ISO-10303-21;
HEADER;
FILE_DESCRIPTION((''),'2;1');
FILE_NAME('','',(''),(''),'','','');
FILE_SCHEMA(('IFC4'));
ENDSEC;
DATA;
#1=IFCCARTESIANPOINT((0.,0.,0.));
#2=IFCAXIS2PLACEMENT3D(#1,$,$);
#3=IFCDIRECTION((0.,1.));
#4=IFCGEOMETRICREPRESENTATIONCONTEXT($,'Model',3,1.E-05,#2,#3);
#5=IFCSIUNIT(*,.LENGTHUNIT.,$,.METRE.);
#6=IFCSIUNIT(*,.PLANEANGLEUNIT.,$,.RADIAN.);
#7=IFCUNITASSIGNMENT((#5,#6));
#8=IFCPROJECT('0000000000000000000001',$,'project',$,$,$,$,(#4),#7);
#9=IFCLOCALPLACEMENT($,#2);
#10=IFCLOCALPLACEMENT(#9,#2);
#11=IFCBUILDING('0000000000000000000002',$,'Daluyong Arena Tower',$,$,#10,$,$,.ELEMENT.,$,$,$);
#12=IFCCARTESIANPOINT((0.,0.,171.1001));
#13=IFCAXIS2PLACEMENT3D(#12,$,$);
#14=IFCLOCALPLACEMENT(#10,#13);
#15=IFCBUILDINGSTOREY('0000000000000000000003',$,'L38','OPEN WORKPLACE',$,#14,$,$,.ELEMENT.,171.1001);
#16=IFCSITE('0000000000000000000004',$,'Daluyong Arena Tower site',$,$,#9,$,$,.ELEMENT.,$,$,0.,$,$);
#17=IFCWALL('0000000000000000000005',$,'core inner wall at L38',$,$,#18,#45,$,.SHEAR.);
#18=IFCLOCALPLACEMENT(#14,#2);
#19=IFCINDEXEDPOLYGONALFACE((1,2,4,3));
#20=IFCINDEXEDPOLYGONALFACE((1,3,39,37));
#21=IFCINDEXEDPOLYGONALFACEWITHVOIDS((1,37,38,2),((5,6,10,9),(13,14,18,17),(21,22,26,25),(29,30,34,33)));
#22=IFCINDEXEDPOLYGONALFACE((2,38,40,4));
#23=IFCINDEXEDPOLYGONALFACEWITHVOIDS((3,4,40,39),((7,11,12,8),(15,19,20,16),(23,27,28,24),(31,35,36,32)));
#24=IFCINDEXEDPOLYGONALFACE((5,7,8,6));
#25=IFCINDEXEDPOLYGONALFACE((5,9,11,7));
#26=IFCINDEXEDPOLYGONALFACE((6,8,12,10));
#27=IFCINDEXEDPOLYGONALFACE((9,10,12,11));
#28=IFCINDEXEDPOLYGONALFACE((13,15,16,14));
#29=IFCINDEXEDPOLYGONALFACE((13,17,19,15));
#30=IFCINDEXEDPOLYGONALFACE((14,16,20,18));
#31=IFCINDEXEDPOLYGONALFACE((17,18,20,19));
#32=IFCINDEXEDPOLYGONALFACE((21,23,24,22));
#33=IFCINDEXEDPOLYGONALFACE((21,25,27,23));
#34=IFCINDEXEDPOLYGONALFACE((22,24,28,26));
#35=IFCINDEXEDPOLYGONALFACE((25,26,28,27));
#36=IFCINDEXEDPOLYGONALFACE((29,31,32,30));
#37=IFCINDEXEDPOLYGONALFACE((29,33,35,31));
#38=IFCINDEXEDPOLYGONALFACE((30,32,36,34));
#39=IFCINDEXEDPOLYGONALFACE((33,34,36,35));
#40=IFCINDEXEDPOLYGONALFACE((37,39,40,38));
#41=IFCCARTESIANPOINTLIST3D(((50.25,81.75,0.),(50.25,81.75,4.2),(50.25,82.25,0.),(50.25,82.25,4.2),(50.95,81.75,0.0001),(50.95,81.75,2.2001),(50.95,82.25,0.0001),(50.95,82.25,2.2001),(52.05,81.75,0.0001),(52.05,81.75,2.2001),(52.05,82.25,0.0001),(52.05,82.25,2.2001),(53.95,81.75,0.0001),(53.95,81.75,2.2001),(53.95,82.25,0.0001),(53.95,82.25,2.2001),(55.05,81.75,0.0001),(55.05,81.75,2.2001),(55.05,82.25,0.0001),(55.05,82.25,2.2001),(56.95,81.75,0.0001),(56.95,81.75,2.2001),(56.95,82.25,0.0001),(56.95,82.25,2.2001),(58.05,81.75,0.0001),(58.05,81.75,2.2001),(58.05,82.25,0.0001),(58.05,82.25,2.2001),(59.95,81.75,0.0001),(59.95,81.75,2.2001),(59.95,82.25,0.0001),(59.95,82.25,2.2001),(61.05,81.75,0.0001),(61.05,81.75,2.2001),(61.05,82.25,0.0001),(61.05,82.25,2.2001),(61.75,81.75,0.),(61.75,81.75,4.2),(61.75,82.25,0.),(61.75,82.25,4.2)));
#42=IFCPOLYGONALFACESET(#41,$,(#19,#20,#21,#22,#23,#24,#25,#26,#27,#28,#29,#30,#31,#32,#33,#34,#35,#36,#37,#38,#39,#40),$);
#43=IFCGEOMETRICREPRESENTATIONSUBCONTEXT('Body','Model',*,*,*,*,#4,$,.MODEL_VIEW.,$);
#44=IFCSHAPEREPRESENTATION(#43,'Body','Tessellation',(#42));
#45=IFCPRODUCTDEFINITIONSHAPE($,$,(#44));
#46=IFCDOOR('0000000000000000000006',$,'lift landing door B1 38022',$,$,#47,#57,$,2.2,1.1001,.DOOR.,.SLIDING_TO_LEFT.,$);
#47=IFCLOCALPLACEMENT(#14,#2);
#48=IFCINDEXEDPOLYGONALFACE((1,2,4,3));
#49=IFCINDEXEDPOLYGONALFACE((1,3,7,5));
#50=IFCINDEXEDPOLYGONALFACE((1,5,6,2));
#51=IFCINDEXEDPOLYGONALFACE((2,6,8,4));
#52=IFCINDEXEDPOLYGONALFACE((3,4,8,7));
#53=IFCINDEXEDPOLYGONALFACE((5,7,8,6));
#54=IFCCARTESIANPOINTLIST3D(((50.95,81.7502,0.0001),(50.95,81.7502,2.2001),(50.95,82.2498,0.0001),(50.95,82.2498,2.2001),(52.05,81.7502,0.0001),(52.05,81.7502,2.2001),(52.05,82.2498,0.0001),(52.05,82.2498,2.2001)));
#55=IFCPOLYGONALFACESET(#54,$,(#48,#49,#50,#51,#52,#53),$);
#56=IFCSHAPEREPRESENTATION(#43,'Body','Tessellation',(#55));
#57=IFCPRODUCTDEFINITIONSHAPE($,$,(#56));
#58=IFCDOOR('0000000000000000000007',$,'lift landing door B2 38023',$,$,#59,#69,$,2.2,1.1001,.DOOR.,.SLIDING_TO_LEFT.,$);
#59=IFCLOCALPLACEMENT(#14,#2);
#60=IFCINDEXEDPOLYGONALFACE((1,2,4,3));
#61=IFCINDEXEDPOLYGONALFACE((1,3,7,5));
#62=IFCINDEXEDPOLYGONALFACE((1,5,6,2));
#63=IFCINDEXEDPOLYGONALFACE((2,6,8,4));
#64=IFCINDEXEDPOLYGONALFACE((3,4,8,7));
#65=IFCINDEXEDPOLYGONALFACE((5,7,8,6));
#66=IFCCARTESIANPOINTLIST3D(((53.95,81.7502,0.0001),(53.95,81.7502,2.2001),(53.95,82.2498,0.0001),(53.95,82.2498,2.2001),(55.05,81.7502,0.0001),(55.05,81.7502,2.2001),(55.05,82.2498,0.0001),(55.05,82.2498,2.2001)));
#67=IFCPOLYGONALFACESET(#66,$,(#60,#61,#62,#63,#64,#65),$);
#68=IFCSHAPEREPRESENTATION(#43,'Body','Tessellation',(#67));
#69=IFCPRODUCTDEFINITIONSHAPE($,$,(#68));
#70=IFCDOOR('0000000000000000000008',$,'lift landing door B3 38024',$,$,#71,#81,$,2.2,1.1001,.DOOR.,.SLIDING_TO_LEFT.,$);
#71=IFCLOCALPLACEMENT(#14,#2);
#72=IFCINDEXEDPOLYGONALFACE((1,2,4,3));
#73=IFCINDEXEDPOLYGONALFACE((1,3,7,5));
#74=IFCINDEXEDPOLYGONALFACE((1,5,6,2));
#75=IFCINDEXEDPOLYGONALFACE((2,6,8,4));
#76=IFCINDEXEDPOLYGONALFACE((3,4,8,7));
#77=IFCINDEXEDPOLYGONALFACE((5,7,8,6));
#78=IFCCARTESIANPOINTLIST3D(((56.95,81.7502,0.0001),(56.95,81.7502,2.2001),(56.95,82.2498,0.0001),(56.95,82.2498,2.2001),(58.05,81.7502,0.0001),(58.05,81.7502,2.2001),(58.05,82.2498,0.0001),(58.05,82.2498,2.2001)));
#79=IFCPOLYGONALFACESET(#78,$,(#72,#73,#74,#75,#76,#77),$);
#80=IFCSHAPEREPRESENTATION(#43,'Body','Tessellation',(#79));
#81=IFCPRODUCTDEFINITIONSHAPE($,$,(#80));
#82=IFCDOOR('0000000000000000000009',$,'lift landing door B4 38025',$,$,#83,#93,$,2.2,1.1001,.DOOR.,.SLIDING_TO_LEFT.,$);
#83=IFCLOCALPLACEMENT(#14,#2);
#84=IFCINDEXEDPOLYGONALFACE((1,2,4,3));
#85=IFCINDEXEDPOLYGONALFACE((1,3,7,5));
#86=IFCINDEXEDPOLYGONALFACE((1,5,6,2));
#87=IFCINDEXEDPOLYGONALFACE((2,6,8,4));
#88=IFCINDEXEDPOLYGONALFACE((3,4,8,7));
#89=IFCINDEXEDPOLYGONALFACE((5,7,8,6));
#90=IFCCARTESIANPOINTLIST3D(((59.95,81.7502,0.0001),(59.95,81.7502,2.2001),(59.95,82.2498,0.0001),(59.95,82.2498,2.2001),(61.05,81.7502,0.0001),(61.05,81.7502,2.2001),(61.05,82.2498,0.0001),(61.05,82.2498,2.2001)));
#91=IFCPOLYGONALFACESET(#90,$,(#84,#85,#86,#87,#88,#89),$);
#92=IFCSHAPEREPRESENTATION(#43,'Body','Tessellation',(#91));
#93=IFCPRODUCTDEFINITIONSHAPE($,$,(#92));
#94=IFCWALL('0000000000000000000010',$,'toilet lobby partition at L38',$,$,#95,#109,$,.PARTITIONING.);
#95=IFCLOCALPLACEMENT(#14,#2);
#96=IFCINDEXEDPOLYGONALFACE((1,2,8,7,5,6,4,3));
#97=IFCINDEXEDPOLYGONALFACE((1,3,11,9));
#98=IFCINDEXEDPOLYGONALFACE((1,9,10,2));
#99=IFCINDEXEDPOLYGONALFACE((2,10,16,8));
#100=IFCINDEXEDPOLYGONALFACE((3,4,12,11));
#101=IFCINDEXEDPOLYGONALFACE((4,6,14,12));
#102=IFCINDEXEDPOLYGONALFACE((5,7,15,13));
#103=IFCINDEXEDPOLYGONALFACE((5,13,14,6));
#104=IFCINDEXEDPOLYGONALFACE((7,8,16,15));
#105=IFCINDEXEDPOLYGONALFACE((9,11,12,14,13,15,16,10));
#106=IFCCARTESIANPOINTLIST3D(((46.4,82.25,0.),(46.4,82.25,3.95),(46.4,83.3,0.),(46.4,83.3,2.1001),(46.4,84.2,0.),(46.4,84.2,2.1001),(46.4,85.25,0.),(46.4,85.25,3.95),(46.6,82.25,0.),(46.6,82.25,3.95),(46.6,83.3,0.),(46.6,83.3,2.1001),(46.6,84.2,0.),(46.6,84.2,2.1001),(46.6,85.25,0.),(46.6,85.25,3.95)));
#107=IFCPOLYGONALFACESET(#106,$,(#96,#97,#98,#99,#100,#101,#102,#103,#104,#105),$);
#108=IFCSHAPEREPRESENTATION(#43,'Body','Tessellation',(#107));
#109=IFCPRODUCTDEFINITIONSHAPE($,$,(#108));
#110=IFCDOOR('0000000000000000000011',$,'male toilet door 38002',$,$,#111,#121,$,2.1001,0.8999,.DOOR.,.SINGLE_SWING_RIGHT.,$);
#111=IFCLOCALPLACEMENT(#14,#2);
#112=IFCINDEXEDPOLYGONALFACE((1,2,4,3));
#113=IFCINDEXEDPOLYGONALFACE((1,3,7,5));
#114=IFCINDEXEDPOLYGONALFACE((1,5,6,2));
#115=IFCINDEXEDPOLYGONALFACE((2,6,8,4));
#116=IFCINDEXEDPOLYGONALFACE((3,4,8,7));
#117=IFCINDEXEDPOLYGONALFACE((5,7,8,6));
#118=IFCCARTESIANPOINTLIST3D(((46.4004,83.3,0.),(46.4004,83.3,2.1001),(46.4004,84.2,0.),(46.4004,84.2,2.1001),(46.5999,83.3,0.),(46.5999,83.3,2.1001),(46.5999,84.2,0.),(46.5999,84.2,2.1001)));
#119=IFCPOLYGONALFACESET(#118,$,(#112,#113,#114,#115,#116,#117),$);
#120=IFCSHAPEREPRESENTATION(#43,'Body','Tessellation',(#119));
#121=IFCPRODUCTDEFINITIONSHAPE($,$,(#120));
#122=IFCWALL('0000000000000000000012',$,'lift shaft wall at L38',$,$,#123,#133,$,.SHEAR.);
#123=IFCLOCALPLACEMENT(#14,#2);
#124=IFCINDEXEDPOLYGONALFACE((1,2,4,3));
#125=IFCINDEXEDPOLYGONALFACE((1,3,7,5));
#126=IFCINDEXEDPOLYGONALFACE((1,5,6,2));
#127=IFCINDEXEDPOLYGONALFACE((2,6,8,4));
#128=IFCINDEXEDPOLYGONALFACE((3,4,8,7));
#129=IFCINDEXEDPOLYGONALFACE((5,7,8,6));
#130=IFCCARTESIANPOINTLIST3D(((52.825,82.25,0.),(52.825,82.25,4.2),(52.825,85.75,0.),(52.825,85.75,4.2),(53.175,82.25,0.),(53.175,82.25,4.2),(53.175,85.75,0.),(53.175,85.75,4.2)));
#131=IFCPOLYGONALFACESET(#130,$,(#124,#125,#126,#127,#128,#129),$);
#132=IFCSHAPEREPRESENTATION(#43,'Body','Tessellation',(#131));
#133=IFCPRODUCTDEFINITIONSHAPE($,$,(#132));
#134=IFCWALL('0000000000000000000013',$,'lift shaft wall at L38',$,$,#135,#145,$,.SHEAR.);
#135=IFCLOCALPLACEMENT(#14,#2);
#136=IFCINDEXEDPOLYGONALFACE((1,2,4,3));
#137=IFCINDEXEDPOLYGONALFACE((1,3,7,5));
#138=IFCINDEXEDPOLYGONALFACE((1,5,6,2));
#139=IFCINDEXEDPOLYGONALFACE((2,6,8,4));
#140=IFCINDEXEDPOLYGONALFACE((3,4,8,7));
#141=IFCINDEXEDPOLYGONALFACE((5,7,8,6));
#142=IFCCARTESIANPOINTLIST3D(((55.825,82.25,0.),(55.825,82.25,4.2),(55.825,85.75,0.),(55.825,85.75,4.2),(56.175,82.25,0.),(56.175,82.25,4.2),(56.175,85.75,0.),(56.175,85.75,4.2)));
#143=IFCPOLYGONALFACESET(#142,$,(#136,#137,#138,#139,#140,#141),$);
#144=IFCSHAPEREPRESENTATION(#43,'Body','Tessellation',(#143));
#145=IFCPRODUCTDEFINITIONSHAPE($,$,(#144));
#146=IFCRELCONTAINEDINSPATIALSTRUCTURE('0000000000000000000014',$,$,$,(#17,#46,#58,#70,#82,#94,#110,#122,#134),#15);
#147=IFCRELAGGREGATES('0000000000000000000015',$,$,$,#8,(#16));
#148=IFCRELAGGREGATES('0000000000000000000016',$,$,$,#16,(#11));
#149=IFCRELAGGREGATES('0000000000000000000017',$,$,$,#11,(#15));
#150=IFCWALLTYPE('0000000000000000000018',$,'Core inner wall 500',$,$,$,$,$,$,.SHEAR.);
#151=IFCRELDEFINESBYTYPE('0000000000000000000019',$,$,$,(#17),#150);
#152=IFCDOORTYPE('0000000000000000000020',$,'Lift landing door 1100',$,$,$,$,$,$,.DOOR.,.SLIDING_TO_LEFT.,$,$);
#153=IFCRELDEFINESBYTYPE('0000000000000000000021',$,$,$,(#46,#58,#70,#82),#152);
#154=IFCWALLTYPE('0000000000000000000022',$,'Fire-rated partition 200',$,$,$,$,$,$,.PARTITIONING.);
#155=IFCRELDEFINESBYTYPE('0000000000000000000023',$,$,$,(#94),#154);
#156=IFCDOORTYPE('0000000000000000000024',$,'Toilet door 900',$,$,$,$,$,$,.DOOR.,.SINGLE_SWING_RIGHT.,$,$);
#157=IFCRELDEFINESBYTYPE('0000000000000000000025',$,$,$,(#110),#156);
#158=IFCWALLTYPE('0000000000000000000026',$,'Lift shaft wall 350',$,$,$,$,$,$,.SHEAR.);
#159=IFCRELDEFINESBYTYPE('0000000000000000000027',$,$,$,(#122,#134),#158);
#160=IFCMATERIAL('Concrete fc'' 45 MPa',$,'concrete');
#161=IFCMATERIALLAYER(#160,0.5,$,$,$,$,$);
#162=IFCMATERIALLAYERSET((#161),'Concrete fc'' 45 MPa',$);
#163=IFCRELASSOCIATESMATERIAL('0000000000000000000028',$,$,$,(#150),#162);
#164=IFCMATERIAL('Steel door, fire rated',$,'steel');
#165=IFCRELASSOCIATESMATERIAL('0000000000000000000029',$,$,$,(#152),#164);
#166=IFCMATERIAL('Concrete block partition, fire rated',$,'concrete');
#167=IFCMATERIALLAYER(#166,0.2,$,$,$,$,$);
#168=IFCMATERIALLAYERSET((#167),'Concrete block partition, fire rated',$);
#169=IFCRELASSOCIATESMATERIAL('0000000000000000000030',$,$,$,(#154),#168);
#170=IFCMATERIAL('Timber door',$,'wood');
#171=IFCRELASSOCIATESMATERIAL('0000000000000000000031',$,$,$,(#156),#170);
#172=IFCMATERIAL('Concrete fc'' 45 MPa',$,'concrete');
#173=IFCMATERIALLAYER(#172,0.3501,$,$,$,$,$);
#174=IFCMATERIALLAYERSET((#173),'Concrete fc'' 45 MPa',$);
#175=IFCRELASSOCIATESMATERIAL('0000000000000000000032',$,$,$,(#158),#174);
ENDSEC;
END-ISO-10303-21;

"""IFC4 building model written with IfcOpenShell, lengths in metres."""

from ifc_helpers import new_model, si_unit, direction, frame, frame_2d, origin, place, context, subcontext, project, spatial, rectangle, extrude, material, layer, layer_set, type_object, element, fill, save


model = new_model("IFC4")

# Units and contexts
model_context = context("Model", 3, precision=1e-05, world=origin(), true_north=direction((0.0, 1.0)))
body_context = subcontext(model_context, "Body", "Model", "MODEL_VIEW")
ifc_project = project(units=[si_unit("LENGTHUNIT", "METRE"), si_unit("PLANEANGLEUNIT", "RADIAN")], contexts=[model_context])

# Site, building, storey
site_placement = place(None, origin())
site = spatial("IfcSite", under=ifc_project, at=site_placement, Name="Daluyong Arena Tower site", CompositionType="ELEMENT", RefElevation=0.0)
building_placement = place(site_placement, origin())
building = spatial("IfcBuilding", under=site, at=building_placement, Name="Daluyong Arena Tower", CompositionType="ELEMENT")
storey_placement = place(building_placement, frame((0.0, 0.0, 171.1001)))
storey = spatial("IfcBuildingStorey", under=building, at=storey_placement, Name="L38", Description="OPEN WORKPLACE", CompositionType="ELEMENT", Elevation=171.1001)

# Wall, openings, doors
ifc_material_1 = material(Name="Concrete fc' 45 MPa", Category="concrete")
ifc_layer_1 = layer(ifc_material_1, 0.5)
ifc_layer_set_1 = layer_set([ifc_layer_1], Name="Concrete fc' 45 MPa")
wall_type_1 = type_object("IfcWallType", Name="Core inner wall 500", PredefinedType="SHEAR", material=ifc_layer_set_1)
wall_1_placement = place(storey_placement, frame((50.25, 82.0, 0.0), z_axis=(0.0, 0.0, 1.0), x_axis=(1.0, 0.0, 0.0)))
wall_1 = element("IfcWall", 1, at=wall_1_placement, inside=storey, type_object=wall_type_1, Name="core inner wall at L38", PredefinedType="SHEAR", context=body_context, shape_type="SweptSolid", body=[
    extrude(rectangle(XDim=11.5, YDim=0.5, at=frame_2d((5.75, 0.0))), origin(), (0.0, 0.0, 1.0), 4.2),
])
opening_1_placement = place(wall_1_placement, frame((0.7, 0.0, 0.0)))
opening_1 = element("IfcOpeningElement", 2, at=opening_1_placement, cuts=wall_1, PredefinedType="OPENING", context=body_context, shape_type="SweptSolid", body=[
    extrude(rectangle(XDim=1.1001, YDim=2.2, at=frame_2d((0.55, 1.1001))), frame((0.0, 0.26, 0.0), z_axis=(0.0, -1.0, 0.0), x_axis=(1.0, 0.0, 0.0)), (0.0, 0.0, 1.0), 0.52),
])
opening_2_placement = place(wall_1_placement, frame((3.7, 0.0, 0.0)))
opening_2 = element("IfcOpeningElement", 3, at=opening_2_placement, cuts=wall_1, PredefinedType="OPENING", context=body_context, shape_type="SweptSolid", body=[
    extrude(rectangle(XDim=1.1001, YDim=2.2, at=frame_2d((0.55, 1.1001))), frame((0.0, 0.26, 0.0), z_axis=(0.0, -1.0, 0.0), x_axis=(1.0, 0.0, 0.0)), (0.0, 0.0, 1.0), 0.52),
])
opening_3_placement = place(wall_1_placement, frame((6.7, 0.0, 0.0)))
opening_3 = element("IfcOpeningElement", 4, at=opening_3_placement, cuts=wall_1, PredefinedType="OPENING", context=body_context, shape_type="SweptSolid", body=[
    extrude(rectangle(XDim=1.1001, YDim=2.2, at=frame_2d((0.55, 1.1001))), frame((0.0, 0.26, 0.0), z_axis=(0.0, -1.0, 0.0), x_axis=(1.0, 0.0, 0.0)), (0.0, 0.0, 1.0), 0.52),
])
opening_4_placement = place(wall_1_placement, frame((9.7, 0.0, 0.0)))
opening_4 = element("IfcOpeningElement", 5, at=opening_4_placement, cuts=wall_1, PredefinedType="OPENING", context=body_context, shape_type="SweptSolid", body=[
    extrude(rectangle(XDim=1.1001, YDim=2.2, at=frame_2d((0.55, 1.1001))), frame((0.0, 0.26, 0.0), z_axis=(0.0, -1.0, 0.0), x_axis=(1.0, 0.0, 0.0)), (0.0, 0.0, 1.0), 0.52),
])
ifc_material_2 = material(Name="Steel door, fire rated", Category="steel")
door_type_1 = type_object("IfcDoorType", Name="Lift landing door 1100", OperationType="SLIDING_TO_LEFT", PredefinedType="DOOR", material=ifc_material_2)
door_1_placement = place(opening_1_placement, origin())
door_1 = element("IfcDoor", 6, at=door_1_placement, inside=storey, type_object=door_type_1, Name="lift landing door B1 38022", OperationType="SLIDING_TO_LEFT", OverallHeight=2.2, OverallWidth=1.1001, PredefinedType="DOOR", context=body_context, shape_type="SweptSolid", body=[
    extrude(rectangle(XDim=1.1001, YDim=2.2, at=frame_2d((0.55, 1.1001))), frame((0.0, 0.2498, 0.0), z_axis=(0.0, -1.0, 0.0), x_axis=(1.0, 0.0, 0.0)), (0.0, 0.0, 1.0), 0.4995),
])
fill(opening_1, door_1)
door_2_placement = place(opening_2_placement, origin())
door_2 = element("IfcDoor", 7, at=door_2_placement, inside=storey, type_object=door_type_1, Name="lift landing door B2 38023", OperationType="SLIDING_TO_LEFT", OverallHeight=2.2, OverallWidth=1.1001, PredefinedType="DOOR", context=body_context, shape_type="SweptSolid", body=[
    extrude(rectangle(XDim=1.1001, YDim=2.2, at=frame_2d((0.55, 1.1001))), frame((0.0, 0.2498, 0.0), z_axis=(0.0, -1.0, 0.0), x_axis=(1.0, 0.0, 0.0)), (0.0, 0.0, 1.0), 0.4995),
])
fill(opening_2, door_2)
door_3_placement = place(opening_3_placement, origin())
door_3 = element("IfcDoor", 8, at=door_3_placement, inside=storey, type_object=door_type_1, Name="lift landing door B3 38024", OperationType="SLIDING_TO_LEFT", OverallHeight=2.2, OverallWidth=1.1001, PredefinedType="DOOR", context=body_context, shape_type="SweptSolid", body=[
    extrude(rectangle(XDim=1.1001, YDim=2.2, at=frame_2d((0.55, 1.1001))), frame((0.0, 0.2498, 0.0), z_axis=(0.0, -1.0, 0.0), x_axis=(1.0, 0.0, 0.0)), (0.0, 0.0, 1.0), 0.4995),
])
fill(opening_3, door_3)
door_4_placement = place(opening_4_placement, origin())
door_4 = element("IfcDoor", 9, at=door_4_placement, inside=storey, type_object=door_type_1, Name="lift landing door B4 38025", OperationType="SLIDING_TO_LEFT", OverallHeight=2.2, OverallWidth=1.1001, PredefinedType="DOOR", context=body_context, shape_type="SweptSolid", body=[
    extrude(rectangle(XDim=1.1001, YDim=2.2, at=frame_2d((0.55, 1.1001))), frame((0.0, 0.2498, 0.0), z_axis=(0.0, -1.0, 0.0), x_axis=(1.0, 0.0, 0.0)), (0.0, 0.0, 1.0), 0.4995),
])
fill(opening_4, door_4)

# Wall, opening, door
ifc_material_3 = material(Name="Concrete block partition, fire rated", Category="concrete")
ifc_layer_2 = layer(ifc_material_3, 0.2)
ifc_layer_set_2 = layer_set([ifc_layer_2], Name="Concrete block partition, fire rated")
wall_type_2 = type_object("IfcWallType", Name="Fire-rated partition 200", PredefinedType="PARTITIONING", material=ifc_layer_set_2)
wall_2_placement = place(storey_placement, frame((46.5, 82.25, 0.0), z_axis=(0.0, 0.0, 1.0), x_axis=(0.0, 1.0, 0.0)))
wall_2 = element("IfcWall", 10, at=wall_2_placement, inside=storey, type_object=wall_type_2, Name="toilet lobby partition at L38", PredefinedType="PARTITIONING", context=body_context, shape_type="SweptSolid", body=[
    extrude(rectangle(XDim=3.0, YDim=0.2, at=frame_2d((1.5, 0.0))), origin(), (0.0, 0.0, 1.0), 3.95),
])
opening_5_placement = place(wall_2_placement, frame((1.05, 0.0, 0.0)))
opening_5 = element("IfcOpeningElement", 11, at=opening_5_placement, cuts=wall_2, PredefinedType="OPENING", context=body_context, shape_type="SweptSolid", body=[
    extrude(rectangle(XDim=0.8999, YDim=2.1001, at=frame_2d((0.45, 1.05))), frame((0.0, 0.1099, 0.0), z_axis=(0.0, -1.0, 0.0), x_axis=(1.0, 0.0, 0.0)), (0.0, 0.0, 1.0), 0.22),
])
ifc_material_4 = material(Name="Timber door", Category="wood")
door_type_2 = type_object("IfcDoorType", Name="Toilet door 900", OperationType="SINGLE_SWING_RIGHT", PredefinedType="DOOR", material=ifc_material_4)
door_5_placement = place(opening_5_placement, origin())
door_5 = element("IfcDoor", 12, at=door_5_placement, inside=storey, type_object=door_type_2, Name="male toilet door 38002", OperationType="SINGLE_SWING_RIGHT", OverallHeight=2.1001, OverallWidth=0.8999, PredefinedType="DOOR", context=body_context, shape_type="SweptSolid", body=[
    extrude(rectangle(XDim=0.8999, YDim=2.1001, at=frame_2d((0.45, 1.05))), frame((0.0, 0.0996, 0.0), z_axis=(0.0, -1.0, 0.0), x_axis=(1.0, 0.0, 0.0)), (0.0, 0.0, 1.0), 0.1995),
])
fill(opening_5, door_5)

# Walls
ifc_material_5 = material(Name="Concrete fc' 45 MPa", Category="concrete")
ifc_layer_3 = layer(ifc_material_5, 0.3501)
ifc_layer_set_3 = layer_set([ifc_layer_3], Name="Concrete fc' 45 MPa")
wall_type_3 = type_object("IfcWallType", Name="Lift shaft wall 350", PredefinedType="SHEAR", material=ifc_layer_set_3)
for number, where, z_axis, x_axis, name in (
    (13, (53.0, 82.25, 0.0), (0.0, 0.0, 1.0), (0.0, 1.0, 0.0), "lift shaft wall at L38"),
    (14, (56.0, 82.25, 0.0), (0.0, 0.0, 1.0), (0.0, 1.0, 0.0), "lift shaft wall at L38"),
):
    element("IfcWall", number, at=place(storey_placement, frame(where, z_axis=z_axis, x_axis=x_axis)), inside=storey, type_object=wall_type_3, Name=name, PredefinedType="SHEAR", context=body_context, shape_type="SweptSolid", body=[
        extrude(rectangle(XDim=3.5, YDim=0.3501, at=frame_2d((1.75, 0.0))), origin(), (0.0, 0.0, 1.0), 4.2),
    ])

save(model, "model.ifc")
